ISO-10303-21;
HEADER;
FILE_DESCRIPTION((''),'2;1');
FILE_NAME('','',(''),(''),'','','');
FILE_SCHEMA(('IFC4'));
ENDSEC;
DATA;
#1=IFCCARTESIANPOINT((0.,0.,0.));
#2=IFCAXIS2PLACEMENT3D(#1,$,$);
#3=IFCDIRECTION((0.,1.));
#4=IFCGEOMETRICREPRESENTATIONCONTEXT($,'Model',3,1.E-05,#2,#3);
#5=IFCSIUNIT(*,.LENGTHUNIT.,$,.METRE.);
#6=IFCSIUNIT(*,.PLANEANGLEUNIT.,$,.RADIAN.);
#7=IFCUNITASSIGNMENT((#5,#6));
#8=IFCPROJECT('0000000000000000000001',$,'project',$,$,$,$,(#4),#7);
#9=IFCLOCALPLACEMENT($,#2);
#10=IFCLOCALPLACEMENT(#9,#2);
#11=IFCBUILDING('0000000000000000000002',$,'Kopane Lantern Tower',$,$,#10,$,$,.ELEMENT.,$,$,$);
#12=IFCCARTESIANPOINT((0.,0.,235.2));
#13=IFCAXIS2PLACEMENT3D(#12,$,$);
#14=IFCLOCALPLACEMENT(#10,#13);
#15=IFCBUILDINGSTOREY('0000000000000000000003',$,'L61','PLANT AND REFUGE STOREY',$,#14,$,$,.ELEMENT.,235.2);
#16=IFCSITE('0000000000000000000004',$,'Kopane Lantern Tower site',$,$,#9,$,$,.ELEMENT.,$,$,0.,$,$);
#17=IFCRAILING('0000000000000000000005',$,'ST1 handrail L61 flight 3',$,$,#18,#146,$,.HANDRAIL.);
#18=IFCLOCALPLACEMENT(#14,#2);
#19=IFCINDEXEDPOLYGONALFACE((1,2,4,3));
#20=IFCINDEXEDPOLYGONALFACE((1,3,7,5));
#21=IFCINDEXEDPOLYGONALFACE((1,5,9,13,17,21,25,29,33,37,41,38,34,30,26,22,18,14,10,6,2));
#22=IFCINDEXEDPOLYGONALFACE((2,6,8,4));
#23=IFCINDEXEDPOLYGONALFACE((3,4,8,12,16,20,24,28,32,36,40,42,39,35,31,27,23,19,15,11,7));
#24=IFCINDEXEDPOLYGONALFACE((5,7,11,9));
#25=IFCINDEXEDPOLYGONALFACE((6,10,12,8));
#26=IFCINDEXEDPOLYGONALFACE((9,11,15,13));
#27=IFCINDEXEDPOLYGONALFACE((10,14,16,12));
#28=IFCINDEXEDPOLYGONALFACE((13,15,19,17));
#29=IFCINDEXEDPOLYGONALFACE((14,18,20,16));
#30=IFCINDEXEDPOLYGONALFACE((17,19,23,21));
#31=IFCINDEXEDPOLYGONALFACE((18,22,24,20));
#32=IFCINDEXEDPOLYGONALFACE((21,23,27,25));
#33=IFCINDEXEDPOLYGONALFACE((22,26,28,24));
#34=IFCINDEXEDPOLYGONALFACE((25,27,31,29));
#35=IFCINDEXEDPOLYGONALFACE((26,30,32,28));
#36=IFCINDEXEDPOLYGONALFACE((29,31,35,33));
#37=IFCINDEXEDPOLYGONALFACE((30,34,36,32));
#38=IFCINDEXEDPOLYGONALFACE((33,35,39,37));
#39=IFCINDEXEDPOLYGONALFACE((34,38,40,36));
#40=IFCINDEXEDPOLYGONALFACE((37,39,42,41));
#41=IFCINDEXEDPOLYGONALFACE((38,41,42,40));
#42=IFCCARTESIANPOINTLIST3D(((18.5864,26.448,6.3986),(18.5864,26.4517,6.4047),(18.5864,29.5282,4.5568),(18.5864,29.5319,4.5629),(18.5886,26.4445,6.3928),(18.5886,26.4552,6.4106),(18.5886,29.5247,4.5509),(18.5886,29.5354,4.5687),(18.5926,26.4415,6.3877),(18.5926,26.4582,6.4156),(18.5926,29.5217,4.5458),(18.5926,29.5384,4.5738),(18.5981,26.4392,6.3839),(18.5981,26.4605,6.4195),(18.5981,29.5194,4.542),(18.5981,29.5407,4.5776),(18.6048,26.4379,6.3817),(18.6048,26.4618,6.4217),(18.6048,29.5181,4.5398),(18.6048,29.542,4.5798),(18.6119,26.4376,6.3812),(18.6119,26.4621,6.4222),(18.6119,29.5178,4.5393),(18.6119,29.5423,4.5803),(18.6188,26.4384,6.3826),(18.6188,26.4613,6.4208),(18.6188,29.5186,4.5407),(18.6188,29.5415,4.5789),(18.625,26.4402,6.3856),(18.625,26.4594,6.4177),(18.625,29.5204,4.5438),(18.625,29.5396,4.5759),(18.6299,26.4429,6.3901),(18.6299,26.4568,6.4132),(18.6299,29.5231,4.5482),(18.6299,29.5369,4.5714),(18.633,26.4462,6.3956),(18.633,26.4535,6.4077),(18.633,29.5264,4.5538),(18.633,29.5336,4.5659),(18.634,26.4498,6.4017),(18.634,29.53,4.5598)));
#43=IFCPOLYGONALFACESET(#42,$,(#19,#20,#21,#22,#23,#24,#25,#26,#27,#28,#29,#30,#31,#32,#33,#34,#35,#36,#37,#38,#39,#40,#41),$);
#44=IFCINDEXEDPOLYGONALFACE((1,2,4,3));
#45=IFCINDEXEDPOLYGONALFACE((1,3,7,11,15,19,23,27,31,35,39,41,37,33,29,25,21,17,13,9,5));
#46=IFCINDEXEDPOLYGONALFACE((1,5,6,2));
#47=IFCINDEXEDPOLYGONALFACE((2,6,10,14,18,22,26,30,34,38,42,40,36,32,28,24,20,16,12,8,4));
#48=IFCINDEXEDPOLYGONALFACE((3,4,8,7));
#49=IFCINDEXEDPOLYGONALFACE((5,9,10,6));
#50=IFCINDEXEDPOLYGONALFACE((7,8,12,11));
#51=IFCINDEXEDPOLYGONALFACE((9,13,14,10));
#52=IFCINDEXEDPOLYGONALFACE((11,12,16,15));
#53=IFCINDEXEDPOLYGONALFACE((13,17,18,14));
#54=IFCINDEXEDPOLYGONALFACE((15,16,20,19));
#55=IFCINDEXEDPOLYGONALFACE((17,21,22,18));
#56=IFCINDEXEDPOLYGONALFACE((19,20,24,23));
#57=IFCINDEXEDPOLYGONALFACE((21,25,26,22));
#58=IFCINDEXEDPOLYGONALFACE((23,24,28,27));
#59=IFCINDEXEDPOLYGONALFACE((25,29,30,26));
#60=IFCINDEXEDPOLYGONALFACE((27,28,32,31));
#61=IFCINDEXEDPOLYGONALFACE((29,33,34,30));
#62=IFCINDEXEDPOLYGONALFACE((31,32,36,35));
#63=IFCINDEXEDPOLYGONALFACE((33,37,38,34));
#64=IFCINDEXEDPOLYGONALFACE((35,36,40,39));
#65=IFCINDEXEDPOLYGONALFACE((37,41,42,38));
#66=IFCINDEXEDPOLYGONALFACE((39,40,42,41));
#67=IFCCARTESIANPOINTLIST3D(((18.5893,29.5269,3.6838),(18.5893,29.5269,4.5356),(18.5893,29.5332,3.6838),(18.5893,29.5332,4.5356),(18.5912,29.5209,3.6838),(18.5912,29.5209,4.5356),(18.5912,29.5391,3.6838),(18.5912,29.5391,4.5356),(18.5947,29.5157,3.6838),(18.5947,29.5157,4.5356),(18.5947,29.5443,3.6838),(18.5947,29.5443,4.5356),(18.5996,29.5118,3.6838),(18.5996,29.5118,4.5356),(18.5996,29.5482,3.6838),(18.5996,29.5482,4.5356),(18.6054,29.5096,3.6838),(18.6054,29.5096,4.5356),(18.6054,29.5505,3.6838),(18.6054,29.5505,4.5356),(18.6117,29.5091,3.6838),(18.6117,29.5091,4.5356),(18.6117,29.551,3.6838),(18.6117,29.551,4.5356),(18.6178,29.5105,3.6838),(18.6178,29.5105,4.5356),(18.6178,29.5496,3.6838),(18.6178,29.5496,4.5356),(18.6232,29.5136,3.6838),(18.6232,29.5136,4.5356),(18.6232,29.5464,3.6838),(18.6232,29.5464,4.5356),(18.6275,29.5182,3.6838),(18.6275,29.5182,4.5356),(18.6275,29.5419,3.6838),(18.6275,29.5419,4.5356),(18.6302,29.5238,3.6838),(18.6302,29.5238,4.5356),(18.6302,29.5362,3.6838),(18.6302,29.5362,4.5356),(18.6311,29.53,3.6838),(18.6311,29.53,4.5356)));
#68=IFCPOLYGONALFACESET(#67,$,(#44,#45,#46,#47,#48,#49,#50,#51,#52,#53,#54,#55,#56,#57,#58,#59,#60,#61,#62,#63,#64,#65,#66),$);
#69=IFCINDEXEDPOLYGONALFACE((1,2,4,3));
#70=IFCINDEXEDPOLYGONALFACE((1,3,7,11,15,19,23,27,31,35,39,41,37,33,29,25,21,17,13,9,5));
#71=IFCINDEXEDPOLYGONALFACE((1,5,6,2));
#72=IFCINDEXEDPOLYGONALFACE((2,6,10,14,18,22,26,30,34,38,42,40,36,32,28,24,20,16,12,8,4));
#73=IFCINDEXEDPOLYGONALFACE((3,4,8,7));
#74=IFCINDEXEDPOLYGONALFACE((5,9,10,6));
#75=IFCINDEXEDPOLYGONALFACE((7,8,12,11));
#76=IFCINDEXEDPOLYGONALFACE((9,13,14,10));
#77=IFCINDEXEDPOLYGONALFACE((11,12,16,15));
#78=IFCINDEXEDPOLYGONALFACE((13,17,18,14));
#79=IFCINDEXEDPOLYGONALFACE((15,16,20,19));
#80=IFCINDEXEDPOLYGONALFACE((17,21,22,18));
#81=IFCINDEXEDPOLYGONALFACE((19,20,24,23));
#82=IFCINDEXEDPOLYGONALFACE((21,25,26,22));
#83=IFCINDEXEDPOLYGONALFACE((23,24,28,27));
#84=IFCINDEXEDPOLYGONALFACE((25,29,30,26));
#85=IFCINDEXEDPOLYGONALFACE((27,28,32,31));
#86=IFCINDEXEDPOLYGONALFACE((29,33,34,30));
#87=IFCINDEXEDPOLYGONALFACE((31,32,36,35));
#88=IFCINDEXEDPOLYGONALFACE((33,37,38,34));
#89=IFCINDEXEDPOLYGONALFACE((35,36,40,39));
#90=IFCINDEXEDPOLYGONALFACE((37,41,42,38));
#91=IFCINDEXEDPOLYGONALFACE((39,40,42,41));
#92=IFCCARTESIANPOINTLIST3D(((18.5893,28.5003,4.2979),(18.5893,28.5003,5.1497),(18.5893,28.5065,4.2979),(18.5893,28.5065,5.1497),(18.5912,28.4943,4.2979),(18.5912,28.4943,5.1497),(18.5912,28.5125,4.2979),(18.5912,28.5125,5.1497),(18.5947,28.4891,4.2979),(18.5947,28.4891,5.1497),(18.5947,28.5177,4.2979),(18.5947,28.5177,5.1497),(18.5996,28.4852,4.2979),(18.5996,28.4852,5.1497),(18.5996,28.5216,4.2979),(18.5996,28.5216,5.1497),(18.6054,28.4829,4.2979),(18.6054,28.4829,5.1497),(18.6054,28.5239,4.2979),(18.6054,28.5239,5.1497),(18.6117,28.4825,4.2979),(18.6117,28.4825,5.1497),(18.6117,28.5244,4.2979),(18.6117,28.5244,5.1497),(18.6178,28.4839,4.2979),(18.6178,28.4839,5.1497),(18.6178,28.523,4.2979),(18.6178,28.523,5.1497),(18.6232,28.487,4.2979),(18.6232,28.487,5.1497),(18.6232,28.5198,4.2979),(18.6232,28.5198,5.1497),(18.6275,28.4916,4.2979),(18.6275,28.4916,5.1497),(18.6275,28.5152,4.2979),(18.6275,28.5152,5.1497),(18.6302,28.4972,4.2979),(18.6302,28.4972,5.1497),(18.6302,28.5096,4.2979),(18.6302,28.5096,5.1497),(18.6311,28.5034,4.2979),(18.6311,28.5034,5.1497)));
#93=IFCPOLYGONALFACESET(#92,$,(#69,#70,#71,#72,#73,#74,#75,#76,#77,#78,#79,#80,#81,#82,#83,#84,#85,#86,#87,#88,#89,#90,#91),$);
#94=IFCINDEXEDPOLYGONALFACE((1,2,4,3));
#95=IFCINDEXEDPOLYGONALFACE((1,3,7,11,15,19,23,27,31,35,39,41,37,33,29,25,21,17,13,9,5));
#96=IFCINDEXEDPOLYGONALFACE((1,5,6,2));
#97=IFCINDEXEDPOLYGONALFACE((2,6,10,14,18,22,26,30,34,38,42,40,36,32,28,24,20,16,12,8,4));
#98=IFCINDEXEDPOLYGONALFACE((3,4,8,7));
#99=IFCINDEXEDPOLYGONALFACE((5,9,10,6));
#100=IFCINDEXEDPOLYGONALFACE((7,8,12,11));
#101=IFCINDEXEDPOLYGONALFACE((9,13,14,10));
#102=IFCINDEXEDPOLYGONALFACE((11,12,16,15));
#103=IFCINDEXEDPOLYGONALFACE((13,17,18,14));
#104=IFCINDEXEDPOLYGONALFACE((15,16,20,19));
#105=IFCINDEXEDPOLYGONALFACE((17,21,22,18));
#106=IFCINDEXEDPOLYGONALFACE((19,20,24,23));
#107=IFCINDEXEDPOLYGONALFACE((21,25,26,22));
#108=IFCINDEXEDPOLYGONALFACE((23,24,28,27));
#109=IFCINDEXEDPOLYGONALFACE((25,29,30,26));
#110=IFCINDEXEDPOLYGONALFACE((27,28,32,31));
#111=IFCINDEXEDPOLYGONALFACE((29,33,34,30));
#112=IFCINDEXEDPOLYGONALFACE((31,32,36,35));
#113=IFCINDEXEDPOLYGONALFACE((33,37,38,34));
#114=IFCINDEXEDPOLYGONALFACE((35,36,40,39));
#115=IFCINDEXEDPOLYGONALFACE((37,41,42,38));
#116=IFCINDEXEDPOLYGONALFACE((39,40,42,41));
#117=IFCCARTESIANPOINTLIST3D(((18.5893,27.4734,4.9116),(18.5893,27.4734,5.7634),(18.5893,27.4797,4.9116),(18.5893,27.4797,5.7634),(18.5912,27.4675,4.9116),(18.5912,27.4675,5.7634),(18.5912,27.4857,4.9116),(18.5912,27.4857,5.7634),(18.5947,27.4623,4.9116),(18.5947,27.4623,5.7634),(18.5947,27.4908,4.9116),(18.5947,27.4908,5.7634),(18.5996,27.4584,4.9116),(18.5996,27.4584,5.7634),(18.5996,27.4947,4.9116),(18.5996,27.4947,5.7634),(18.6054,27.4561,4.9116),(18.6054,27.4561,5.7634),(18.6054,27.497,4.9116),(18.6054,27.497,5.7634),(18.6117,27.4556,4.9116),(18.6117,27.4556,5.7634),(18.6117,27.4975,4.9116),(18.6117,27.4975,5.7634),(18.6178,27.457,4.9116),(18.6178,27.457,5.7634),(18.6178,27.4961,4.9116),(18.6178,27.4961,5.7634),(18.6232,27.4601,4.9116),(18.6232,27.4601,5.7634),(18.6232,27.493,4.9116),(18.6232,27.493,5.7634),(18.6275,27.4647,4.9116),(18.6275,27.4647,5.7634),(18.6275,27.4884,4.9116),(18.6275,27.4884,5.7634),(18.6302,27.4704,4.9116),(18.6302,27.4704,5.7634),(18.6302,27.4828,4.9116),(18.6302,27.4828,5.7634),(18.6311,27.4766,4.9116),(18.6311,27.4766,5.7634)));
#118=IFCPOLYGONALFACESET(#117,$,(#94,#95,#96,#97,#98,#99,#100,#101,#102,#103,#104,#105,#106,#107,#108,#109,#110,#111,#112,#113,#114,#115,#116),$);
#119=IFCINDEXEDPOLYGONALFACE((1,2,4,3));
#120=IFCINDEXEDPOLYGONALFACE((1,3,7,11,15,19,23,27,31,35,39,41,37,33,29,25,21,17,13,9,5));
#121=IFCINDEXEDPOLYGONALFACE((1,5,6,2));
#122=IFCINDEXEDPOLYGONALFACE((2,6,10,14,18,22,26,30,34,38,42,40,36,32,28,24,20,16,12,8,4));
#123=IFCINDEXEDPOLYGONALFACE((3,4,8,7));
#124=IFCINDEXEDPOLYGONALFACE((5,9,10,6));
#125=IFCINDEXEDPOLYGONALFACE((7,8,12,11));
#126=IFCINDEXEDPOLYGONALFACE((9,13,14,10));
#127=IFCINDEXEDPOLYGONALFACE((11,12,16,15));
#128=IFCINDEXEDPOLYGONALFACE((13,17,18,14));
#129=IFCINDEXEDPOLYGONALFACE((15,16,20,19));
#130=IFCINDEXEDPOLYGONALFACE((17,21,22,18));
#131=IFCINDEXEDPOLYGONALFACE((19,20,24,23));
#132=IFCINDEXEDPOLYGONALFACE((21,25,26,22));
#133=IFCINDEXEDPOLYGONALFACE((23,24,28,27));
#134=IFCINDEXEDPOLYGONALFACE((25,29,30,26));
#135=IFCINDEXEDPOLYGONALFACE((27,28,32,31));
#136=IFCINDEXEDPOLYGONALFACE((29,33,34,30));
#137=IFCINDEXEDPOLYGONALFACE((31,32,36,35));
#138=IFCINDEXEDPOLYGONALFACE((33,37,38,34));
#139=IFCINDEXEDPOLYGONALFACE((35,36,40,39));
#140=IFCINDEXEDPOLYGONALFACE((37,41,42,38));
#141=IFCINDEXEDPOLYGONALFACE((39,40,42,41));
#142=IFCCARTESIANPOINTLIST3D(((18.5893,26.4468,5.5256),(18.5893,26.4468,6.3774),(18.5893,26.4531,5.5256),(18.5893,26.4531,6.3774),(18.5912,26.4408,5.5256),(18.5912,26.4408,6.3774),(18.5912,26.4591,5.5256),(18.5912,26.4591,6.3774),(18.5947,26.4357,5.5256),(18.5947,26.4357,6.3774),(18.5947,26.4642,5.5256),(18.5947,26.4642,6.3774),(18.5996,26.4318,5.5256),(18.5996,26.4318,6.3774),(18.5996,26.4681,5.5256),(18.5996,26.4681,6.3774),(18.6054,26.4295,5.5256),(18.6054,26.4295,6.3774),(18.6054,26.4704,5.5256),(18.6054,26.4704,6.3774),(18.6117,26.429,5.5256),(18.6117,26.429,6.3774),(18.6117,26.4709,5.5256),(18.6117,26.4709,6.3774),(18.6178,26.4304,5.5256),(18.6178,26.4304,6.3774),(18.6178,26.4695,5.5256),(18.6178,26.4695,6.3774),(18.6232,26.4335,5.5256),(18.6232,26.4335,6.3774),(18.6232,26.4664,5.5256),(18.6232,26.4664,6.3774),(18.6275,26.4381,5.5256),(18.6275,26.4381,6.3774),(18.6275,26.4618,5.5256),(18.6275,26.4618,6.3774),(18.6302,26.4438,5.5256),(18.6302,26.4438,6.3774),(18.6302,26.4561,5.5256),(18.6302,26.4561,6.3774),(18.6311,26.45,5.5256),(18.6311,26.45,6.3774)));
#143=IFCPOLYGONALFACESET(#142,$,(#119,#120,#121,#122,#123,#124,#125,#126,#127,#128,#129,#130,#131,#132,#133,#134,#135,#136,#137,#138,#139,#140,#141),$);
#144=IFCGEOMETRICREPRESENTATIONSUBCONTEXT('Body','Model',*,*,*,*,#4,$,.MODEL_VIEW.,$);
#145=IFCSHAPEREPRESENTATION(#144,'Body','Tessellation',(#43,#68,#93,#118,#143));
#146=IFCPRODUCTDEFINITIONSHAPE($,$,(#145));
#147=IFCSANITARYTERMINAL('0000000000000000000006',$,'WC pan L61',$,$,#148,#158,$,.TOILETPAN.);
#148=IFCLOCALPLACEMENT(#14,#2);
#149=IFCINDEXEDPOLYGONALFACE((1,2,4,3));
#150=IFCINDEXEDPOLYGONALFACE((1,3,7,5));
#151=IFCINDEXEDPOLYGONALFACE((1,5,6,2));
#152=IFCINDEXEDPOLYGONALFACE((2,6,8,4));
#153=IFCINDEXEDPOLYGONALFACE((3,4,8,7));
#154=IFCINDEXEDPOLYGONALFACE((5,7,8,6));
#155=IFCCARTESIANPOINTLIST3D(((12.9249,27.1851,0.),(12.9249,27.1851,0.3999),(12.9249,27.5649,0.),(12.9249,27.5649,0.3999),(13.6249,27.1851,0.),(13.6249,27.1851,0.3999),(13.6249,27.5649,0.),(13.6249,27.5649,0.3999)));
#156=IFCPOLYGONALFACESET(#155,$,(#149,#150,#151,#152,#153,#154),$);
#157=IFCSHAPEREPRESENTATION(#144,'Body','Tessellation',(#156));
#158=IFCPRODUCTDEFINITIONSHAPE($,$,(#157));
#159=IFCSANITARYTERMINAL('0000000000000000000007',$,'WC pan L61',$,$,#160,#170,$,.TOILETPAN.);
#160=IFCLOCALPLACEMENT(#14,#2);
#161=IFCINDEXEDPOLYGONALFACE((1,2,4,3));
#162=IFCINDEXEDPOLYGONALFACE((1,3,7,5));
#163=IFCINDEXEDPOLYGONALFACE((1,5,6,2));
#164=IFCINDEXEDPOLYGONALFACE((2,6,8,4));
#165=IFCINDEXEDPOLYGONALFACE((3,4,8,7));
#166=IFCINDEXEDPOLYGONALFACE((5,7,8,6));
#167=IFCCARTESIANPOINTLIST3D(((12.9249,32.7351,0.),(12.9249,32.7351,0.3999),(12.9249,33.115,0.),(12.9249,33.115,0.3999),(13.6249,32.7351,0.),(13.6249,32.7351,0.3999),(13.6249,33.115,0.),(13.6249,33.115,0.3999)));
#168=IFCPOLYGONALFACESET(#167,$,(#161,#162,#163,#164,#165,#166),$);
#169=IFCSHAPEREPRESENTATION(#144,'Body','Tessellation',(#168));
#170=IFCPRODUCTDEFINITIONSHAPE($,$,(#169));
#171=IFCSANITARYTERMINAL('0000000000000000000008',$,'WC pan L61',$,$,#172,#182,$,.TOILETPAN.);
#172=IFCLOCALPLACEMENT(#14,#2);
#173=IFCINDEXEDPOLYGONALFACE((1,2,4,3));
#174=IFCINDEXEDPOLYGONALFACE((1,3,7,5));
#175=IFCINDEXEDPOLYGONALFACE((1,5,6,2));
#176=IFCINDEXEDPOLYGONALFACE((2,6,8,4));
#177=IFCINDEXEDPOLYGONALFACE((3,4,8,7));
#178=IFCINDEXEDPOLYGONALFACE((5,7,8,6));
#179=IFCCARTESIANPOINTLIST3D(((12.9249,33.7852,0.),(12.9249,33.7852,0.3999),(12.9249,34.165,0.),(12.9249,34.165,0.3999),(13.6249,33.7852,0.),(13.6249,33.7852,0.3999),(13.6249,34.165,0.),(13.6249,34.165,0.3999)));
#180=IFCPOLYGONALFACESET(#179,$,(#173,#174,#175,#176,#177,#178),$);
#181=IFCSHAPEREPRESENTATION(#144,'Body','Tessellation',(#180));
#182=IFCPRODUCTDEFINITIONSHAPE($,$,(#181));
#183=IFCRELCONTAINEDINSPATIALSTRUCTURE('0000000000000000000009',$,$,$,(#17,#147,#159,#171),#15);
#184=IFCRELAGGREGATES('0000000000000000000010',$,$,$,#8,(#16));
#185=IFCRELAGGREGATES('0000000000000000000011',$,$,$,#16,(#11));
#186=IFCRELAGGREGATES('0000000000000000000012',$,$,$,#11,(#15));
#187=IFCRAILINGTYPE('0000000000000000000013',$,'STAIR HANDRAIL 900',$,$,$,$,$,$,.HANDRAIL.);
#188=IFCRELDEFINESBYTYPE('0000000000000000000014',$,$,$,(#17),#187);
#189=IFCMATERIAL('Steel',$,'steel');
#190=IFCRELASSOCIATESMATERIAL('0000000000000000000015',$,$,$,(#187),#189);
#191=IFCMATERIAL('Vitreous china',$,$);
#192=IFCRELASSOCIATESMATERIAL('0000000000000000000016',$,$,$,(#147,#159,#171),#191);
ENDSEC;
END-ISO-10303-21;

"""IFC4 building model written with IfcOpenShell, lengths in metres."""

from ifc_helpers import new_model, si_unit, direction, frame, origin, origin_2d, place, context, subcontext, project, spatial, rectangle, circle, extrude, material, type_object, element, save


model = new_model("IFC4")

# Units and contexts
model_context = context("Model", 3, precision=1e-05, world=origin(), true_north=direction((0.0, 1.0)))
body_context = subcontext(model_context, "Body", "Model", "MODEL_VIEW")
ifc_project = project(units=[si_unit("LENGTHUNIT", "METRE"), si_unit("PLANEANGLEUNIT", "RADIAN")], contexts=[model_context])

# Site, building, storey
site_placement = place(None, origin())
site = spatial("IfcSite", under=ifc_project, at=site_placement, Name="Kopane Lantern Tower site", CompositionType="ELEMENT", RefElevation=0.0)
building_placement = place(site_placement, origin())
building = spatial("IfcBuilding", under=site, at=building_placement, Name="Kopane Lantern Tower", CompositionType="ELEMENT")
storey_placement = place(building_placement, frame((0.0, 0.0, 235.2)))
storey = spatial("IfcBuildingStorey", under=building, at=storey_placement, Name="L61", Description="PLANT AND REFUGE STOREY", CompositionType="ELEMENT", Elevation=235.2)

# Railing
ifc_material_1 = material(Name="Steel", Category="steel")
railing_type_1 = type_object("IfcRailingType", Name="STAIR HANDRAIL 900", PredefinedType="HANDRAIL", material=ifc_material_1)
for number, where, name in (
    (1, (18.6101, 29.53, 3.6838), "ST1 handrail L61 flight 3"),
):
    element("IfcRailing", number, at=place(storey_placement, frame(where)), inside=storey, type_object=railing_type_1, Name=name, PredefinedType="HANDRAIL", context=body_context, shape_type="SweptSolid", body=[
        extrude(circle(Radius=0.0239, at=origin_2d()), frame((0.0, 0.0, 0.876), z_axis=(0.0, -0.85826, 0.513215), x_axis=(1.0, 0.0, 0.0)), (0.0, 0.0, 1.0), 3.5889),
        extrude(circle(Radius=0.021, at=origin_2d()), origin(), (0.0, 0.0, 1.0), 0.8518),
        extrude(circle(Radius=0.021, at=origin_2d()), frame((0.0, -1.0266, 0.614)), (0.0, 0.0, 1.0), 0.8518),
        extrude(circle(Radius=0.021, at=origin_2d()), frame((0.0, -2.0535, 1.2278)), (0.0, 0.0, 1.0), 0.8518),
        extrude(circle(Radius=0.021, at=origin_2d()), frame((0.0, -3.0801, 1.8418)), (0.0, 0.0, 1.0), 0.8518),
    ])

# Sanitary terminals
ifc_material_2 = material(Name="Vitreous china")
for number, where, z_axis, x_axis, name in (
    (2, (13.2749, 27.375, 0.0), (0.0, 0.0, 1.0), (1.0, 0.0, 0.0), "WC pan L61"),
    (3, (13.2749, 32.925, 0.0), (0.0, 0.0, 1.0), (1.0, 0.0, 0.0), "WC pan L61"),
    (4, (13.2749, 33.9751, 0.0), (0.0, 0.0, 1.0), (1.0, 0.0, 0.0), "WC pan L61"),
):
    element("IfcSanitaryTerminal", number, at=place(storey_placement, frame(where, z_axis=z_axis, x_axis=x_axis)), inside=storey, material=ifc_material_2, Name=name, PredefinedType="TOILETPAN", context=body_context, shape_type="SweptSolid", body=[
        extrude(rectangle(XDim=0.7, YDim=0.3799, at=origin_2d()), origin(), (0.0, 0.0, 1.0), 0.3999),
    ])

save(model, "model.ifc")
